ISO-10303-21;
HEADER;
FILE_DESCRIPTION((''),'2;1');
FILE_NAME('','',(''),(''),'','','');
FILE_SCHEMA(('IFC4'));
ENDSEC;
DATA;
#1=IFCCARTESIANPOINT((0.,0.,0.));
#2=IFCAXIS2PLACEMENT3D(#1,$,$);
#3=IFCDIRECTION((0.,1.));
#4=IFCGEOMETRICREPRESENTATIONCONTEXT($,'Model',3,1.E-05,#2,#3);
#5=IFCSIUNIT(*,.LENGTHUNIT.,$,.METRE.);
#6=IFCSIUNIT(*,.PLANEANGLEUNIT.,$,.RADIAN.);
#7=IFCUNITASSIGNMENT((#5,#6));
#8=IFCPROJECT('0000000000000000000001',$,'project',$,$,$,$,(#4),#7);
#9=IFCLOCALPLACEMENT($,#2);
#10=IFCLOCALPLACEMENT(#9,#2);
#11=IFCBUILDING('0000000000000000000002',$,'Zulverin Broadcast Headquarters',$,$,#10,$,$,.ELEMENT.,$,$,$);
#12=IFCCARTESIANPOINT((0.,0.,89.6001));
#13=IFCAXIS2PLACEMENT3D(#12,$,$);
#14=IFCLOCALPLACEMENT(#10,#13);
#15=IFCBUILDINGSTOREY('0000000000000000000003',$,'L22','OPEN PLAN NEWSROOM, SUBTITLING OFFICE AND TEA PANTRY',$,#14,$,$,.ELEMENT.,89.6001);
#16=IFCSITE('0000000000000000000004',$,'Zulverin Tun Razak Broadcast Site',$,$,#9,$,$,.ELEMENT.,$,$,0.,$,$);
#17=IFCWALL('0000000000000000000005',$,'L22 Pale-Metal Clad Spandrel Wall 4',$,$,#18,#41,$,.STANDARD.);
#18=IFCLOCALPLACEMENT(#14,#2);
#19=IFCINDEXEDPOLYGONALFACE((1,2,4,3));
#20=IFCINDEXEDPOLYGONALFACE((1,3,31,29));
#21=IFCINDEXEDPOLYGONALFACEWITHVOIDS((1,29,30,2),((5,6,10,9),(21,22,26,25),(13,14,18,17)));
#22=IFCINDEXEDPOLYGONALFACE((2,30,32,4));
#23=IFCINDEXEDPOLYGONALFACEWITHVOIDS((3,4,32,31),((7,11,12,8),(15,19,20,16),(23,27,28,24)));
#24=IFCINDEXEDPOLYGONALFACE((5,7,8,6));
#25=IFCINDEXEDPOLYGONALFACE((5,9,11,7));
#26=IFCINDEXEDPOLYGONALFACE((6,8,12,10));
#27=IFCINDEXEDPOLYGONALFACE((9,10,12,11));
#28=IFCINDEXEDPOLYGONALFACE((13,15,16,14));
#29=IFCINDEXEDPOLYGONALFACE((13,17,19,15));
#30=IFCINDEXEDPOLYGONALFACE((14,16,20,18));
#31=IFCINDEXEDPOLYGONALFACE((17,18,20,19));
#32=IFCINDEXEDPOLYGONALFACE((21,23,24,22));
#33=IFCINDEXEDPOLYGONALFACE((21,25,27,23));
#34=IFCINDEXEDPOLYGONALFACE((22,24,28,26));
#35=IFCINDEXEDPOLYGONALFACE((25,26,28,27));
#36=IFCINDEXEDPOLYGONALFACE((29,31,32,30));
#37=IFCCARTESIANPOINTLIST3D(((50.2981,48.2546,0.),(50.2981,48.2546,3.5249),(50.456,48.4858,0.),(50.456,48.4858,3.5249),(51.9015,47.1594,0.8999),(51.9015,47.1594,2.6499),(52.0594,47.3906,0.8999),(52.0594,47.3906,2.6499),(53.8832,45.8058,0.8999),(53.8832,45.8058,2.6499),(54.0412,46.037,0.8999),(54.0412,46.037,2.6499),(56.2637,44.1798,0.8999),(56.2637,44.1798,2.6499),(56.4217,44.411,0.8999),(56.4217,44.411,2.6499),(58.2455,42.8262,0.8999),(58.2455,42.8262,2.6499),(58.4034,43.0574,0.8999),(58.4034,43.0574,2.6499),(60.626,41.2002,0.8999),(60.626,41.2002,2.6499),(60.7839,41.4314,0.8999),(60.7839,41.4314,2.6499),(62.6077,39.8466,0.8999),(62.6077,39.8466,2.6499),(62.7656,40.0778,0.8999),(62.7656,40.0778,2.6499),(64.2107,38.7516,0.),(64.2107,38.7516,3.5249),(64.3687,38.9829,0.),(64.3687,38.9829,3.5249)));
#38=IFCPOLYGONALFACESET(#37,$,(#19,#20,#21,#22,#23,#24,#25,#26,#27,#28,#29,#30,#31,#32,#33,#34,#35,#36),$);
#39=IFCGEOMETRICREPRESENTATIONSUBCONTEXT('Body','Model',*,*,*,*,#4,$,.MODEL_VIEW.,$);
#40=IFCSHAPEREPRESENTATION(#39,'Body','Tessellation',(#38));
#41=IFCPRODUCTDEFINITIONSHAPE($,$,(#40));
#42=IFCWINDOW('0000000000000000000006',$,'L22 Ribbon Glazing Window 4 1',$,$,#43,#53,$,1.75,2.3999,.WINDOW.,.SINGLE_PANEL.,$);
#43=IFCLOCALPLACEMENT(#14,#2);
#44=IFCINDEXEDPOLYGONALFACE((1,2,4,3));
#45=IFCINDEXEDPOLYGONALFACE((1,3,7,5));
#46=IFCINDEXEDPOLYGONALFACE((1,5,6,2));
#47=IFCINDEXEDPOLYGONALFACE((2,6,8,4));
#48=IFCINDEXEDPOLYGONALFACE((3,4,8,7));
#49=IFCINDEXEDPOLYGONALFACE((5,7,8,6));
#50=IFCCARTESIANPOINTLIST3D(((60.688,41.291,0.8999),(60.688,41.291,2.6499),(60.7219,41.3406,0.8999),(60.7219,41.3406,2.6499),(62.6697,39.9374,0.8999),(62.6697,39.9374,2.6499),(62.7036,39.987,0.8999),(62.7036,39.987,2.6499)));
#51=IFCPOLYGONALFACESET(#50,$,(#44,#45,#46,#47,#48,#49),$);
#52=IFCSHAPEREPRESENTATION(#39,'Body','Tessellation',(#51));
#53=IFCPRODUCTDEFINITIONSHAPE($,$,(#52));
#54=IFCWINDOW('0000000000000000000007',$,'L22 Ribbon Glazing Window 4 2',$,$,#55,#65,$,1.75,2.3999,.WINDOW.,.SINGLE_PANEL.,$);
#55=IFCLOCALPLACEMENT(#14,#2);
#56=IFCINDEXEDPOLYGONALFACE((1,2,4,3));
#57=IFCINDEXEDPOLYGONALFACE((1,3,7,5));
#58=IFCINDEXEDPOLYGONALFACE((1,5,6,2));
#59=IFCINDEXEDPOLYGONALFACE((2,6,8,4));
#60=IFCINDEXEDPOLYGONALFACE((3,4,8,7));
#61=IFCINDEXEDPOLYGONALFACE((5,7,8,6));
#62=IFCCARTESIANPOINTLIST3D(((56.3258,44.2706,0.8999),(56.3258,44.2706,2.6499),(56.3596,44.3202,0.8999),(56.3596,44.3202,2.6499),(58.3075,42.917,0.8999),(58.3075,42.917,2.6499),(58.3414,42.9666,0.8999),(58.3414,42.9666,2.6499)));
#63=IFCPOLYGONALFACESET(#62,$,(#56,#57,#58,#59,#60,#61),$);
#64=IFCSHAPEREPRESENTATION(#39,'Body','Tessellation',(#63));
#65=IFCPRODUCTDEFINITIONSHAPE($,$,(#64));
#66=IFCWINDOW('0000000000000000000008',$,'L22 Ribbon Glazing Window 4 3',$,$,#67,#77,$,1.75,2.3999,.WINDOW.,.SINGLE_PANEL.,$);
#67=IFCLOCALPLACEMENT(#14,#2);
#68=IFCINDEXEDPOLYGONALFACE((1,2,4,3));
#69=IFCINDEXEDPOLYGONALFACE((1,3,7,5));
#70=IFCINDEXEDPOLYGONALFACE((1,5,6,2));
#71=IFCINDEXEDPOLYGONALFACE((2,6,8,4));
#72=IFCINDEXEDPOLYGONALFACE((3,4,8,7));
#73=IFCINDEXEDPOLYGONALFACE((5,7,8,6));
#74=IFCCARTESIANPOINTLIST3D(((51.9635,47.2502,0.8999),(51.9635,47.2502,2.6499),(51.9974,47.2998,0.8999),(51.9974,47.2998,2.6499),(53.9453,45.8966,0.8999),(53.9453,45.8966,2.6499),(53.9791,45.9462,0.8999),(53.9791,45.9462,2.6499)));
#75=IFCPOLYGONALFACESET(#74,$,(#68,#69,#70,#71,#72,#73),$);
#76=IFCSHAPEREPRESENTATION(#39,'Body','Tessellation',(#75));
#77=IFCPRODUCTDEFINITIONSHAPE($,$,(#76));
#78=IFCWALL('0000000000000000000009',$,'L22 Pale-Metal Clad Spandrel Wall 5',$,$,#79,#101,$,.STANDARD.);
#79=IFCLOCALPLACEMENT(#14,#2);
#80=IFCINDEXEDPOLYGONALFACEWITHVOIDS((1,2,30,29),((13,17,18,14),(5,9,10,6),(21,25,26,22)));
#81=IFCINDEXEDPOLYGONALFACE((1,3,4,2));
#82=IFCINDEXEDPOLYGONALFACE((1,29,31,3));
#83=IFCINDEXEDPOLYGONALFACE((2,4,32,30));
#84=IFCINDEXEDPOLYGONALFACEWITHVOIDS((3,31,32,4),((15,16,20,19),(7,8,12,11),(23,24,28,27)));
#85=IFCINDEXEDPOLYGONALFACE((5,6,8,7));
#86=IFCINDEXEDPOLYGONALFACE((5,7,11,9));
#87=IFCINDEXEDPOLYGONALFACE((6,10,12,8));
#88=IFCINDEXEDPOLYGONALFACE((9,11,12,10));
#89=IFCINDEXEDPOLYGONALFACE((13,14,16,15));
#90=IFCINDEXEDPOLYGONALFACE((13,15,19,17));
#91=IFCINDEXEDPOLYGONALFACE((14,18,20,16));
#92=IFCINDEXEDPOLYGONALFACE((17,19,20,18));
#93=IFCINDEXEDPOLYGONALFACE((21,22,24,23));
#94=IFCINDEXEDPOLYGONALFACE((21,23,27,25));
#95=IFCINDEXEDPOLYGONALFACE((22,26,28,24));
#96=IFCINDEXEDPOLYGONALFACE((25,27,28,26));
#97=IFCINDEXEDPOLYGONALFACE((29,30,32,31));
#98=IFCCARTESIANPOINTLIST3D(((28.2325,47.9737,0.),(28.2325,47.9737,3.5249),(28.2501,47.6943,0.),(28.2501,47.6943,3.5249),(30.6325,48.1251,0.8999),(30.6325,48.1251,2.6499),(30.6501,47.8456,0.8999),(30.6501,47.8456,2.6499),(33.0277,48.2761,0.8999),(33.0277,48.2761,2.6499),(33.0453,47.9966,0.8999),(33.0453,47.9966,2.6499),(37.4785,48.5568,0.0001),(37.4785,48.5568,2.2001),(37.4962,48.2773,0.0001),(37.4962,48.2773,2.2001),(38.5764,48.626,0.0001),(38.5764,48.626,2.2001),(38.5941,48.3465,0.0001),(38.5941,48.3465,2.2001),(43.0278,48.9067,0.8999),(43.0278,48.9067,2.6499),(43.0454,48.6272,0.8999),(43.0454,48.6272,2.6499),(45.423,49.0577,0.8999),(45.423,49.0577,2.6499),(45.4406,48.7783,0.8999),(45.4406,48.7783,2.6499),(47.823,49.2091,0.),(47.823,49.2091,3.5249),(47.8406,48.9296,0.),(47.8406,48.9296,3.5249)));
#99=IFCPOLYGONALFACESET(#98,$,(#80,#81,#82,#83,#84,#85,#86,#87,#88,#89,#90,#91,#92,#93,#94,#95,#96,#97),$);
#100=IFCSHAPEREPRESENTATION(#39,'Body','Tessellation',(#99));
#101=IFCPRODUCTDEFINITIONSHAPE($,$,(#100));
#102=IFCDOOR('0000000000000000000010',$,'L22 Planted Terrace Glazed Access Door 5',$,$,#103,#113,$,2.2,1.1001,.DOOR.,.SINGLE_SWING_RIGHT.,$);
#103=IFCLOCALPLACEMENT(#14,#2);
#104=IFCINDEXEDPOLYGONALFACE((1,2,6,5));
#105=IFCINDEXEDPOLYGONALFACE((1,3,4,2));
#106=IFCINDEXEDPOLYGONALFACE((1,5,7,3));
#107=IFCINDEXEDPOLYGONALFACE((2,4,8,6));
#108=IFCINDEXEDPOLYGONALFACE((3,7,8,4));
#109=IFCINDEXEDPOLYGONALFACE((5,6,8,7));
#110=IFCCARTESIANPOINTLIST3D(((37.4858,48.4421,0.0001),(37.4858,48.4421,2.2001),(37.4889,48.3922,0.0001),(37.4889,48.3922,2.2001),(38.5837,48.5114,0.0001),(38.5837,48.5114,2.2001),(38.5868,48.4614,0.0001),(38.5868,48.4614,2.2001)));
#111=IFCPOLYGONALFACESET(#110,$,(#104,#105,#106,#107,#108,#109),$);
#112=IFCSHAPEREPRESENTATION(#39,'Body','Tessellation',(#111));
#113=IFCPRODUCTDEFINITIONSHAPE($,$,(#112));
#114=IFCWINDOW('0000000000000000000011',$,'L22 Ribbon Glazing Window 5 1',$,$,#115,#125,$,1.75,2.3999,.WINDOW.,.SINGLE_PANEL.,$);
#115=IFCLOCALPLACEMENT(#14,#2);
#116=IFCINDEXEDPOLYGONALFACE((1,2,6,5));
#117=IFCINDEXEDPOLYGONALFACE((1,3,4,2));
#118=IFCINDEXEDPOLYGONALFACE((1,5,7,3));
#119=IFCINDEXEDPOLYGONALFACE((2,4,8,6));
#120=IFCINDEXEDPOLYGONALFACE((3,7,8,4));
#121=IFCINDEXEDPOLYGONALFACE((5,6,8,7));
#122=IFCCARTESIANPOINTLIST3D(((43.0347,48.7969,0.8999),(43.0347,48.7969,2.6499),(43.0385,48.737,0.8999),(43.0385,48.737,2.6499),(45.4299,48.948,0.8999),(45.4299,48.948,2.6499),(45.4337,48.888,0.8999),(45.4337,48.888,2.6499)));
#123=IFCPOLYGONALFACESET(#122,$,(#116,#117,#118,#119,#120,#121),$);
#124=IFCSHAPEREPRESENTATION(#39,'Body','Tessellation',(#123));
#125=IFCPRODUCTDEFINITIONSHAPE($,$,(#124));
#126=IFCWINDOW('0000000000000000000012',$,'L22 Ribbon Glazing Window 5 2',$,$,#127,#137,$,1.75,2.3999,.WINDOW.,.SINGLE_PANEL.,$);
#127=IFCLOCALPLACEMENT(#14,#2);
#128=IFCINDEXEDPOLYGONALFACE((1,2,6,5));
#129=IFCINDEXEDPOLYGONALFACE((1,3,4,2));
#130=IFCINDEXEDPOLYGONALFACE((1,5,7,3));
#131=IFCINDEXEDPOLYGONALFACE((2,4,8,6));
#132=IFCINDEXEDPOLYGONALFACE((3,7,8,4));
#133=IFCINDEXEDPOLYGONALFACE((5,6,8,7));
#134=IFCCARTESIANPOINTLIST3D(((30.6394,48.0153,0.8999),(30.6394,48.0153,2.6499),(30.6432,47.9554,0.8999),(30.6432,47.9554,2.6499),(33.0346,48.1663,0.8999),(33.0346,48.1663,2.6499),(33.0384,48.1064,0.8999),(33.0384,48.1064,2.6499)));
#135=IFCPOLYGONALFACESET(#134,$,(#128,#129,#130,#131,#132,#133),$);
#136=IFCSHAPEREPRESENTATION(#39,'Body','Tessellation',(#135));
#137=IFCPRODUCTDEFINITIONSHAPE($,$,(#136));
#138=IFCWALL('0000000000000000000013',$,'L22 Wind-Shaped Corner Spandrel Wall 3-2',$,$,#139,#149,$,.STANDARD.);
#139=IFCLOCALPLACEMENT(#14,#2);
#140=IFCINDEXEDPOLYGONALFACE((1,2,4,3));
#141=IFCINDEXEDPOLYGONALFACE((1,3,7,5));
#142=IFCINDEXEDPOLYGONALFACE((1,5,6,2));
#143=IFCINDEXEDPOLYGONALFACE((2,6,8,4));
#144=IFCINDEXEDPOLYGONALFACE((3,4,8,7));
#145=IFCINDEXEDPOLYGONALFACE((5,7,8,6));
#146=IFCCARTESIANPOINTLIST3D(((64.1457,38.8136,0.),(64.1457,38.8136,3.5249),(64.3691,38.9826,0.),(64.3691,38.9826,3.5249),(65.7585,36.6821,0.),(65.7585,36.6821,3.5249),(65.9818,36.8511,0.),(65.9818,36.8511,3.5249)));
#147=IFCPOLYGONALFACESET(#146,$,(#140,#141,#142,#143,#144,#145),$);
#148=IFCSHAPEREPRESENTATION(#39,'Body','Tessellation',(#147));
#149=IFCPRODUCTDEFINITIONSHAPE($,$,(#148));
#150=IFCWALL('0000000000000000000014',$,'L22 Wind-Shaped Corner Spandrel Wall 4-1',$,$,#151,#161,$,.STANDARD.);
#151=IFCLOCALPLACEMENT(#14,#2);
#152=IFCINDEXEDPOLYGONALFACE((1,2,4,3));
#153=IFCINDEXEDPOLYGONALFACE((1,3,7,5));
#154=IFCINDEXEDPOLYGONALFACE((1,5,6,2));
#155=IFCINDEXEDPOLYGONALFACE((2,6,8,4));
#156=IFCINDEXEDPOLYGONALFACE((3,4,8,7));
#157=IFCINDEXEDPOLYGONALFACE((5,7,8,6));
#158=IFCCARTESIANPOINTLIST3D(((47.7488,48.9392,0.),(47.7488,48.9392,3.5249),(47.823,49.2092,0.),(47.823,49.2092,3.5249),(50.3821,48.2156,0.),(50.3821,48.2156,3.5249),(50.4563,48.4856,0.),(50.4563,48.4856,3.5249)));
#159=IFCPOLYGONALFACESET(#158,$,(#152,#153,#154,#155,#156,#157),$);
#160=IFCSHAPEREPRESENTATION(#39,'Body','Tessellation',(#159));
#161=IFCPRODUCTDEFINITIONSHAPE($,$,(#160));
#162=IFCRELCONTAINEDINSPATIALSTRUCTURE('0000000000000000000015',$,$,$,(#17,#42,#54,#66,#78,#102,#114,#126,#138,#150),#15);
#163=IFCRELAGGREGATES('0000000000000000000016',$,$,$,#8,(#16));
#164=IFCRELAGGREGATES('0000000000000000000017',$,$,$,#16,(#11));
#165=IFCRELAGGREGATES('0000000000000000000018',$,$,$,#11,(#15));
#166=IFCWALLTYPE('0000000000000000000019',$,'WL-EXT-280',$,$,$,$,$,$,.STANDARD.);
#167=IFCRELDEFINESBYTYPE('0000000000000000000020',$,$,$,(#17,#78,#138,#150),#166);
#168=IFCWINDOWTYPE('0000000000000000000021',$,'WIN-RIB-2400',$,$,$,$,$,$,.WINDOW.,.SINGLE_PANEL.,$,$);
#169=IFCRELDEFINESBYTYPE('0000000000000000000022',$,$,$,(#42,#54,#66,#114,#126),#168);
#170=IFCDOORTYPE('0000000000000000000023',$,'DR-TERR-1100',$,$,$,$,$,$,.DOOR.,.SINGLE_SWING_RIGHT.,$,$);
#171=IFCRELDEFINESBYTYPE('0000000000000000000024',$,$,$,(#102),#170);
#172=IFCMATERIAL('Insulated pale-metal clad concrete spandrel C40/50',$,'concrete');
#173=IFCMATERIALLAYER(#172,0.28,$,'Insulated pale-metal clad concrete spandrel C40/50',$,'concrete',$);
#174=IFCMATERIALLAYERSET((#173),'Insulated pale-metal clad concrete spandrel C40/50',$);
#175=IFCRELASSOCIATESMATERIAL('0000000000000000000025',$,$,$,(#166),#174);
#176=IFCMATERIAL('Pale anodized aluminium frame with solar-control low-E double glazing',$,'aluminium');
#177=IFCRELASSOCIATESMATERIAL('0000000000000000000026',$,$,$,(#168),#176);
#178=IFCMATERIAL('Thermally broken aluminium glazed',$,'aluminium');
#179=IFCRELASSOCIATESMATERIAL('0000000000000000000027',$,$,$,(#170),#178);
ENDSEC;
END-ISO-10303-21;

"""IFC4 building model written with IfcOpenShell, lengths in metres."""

from ifc_helpers import new_model, si_unit, direction, frame, frame_2d, origin, place, context, subcontext, project, spatial, rectangle, extrude, material, layer, layer_set, type_object, element, fill, save


model = new_model("IFC4")

# Units and contexts
model_context = context("Model", 3, precision=1e-05, world=origin(), true_north=direction((0.0, 1.0)))
body_context = subcontext(model_context, "Body", "Model", "MODEL_VIEW")
ifc_project = project(units=[si_unit("LENGTHUNIT", "METRE"), si_unit("PLANEANGLEUNIT", "RADIAN")], contexts=[model_context])

# Site, building, storey
site_placement = place(None, origin())
site = spatial("IfcSite", under=ifc_project, at=site_placement, Name="Zulverin Tun Razak Broadcast Site", CompositionType="ELEMENT", RefElevation=0.0)
building_placement = place(site_placement, origin())
building = spatial("IfcBuilding", under=site, at=building_placement, Name="Zulverin Broadcast Headquarters", CompositionType="ELEMENT")
storey_placement = place(building_placement, frame((0.0, 0.0, 89.6001)))
storey = spatial("IfcBuildingStorey", under=building, at=storey_placement, Name="L22", Description="OPEN PLAN NEWSROOM, SUBTITLING OFFICE AND TEA PANTRY", CompositionType="ELEMENT", Elevation=89.6001)

# Wall, openings, windows
ifc_material_1 = material(Name="Insulated pale-metal clad concrete spandrel C40/50", Category="concrete")
ifc_layer_1 = layer(ifc_material_1, 0.28, Name="Insulated pale-metal clad concrete spandrel C40/50", Category="concrete")
ifc_layer_set_1 = layer_set([ifc_layer_1], Name="Insulated pale-metal clad concrete spandrel C40/50")
wall_type = type_object("IfcWallType", Name="WL-EXT-280", PredefinedType="STANDARD", material=ifc_layer_set_1)
wall_1_placement = place(storey_placement, frame((64.2898, 38.8672, 0.0), z_axis=(0.0, 0.0, 1.0), x_axis=(-0.825756, 0.564028, 0.0)))
wall_1 = element("IfcWall", 1, at=wall_1_placement, inside=storey, type_object=wall_type, Name="L22 Pale-Metal Clad Spandrel Wall 4", PredefinedType="STANDARD", context=body_context, shape_type="SweptSolid", body=[
    extrude(rectangle(XDim=16.8484, YDim=0.28, at=frame_2d((8.4243, 0.0))), origin(), (0.0, 0.0, 1.0), 3.5249),
])
opening_1_placement = place(wall_1_placement, frame((1.9414, 0.0, 0.8999)))
opening_1 = element("IfcOpeningElement", 2, at=opening_1_placement, cuts=wall_1, PredefinedType="OPENING", context=body_context, shape_type="SweptSolid", body=[
    extrude(rectangle(XDim=2.3999, YDim=1.75, at=frame_2d((1.2, 0.875))), frame((0.0, 0.1499, 0.0), z_axis=(0.0, -1.0, 0.0), x_axis=(1.0, 0.0, 0.0)), (0.0, 0.0, 1.0), 0.3),
])
opening_2_placement = place(wall_1_placement, frame((7.2241, 0.0, 0.8999)))
opening_2 = element("IfcOpeningElement", 3, at=opening_2_placement, cuts=wall_1, PredefinedType="OPENING", context=body_context, shape_type="SweptSolid", body=[
    extrude(rectangle(XDim=2.3999, YDim=1.75, at=frame_2d((1.2, 0.875))), frame((0.0, 0.1499, 0.0), z_axis=(0.0, -1.0, 0.0), x_axis=(1.0, 0.0, 0.0)), (0.0, 0.0, 1.0), 0.3),
])
opening_3_placement = place(wall_1_placement, frame((12.5068, 0.0, 0.8999)))
opening_3 = element("IfcOpeningElement", 4, at=opening_3_placement, cuts=wall_1, PredefinedType="OPENING", context=body_context, shape_type="SweptSolid", body=[
    extrude(rectangle(XDim=2.3999, YDim=1.75, at=frame_2d((1.2, 0.875))), frame((0.0, 0.1499, 0.0), z_axis=(0.0, -1.0, 0.0), x_axis=(1.0, 0.0, 0.0)), (0.0, 0.0, 1.0), 0.3),
])
ifc_material_2 = material(Name="Pale anodized aluminium frame with solar-control low-E double glazing", Category="aluminium")
window_type = type_object("IfcWindowType", Name="WIN-RIB-2400", PartitioningType="SINGLE_PANEL", PredefinedType="WINDOW", material=ifc_material_2)
window_1_placement = place(opening_1_placement, origin())
window_1 = element("IfcWindow", 5, at=window_1_placement, inside=storey, type_object=window_type, Name="L22 Ribbon Glazing Window 4 1", OverallHeight=1.75, OverallWidth=2.3999, PartitioningType="SINGLE_PANEL", PredefinedType="WINDOW", context=body_context, shape_type="SweptSolid", body=[
    extrude(rectangle(XDim=2.3999, YDim=1.75, at=frame_2d((1.2, 0.875))), frame((0.0, 0.03, 0.0), z_axis=(0.0, -1.0, 0.0), x_axis=(1.0, 0.0, 0.0)), (0.0, 0.0, 1.0), 0.0601),
])
fill(opening_1, window_1)
window_2_placement = place(opening_2_placement, origin())
window_2 = element("IfcWindow", 6, at=window_2_placement, inside=storey, type_object=window_type, Name="L22 Ribbon Glazing Window 4 2", OverallHeight=1.75, OverallWidth=2.3999, PartitioningType="SINGLE_PANEL", PredefinedType="WINDOW", context=body_context, shape_type="SweptSolid", body=[
    extrude(rectangle(XDim=2.3999, YDim=1.75, at=frame_2d((1.2, 0.875))), frame((0.0, 0.03, 0.0), z_axis=(0.0, -1.0, 0.0), x_axis=(1.0, 0.0, 0.0)), (0.0, 0.0, 1.0), 0.0601),
])
fill(opening_2, window_2)
window_3_placement = place(opening_3_placement, origin())
window_3 = element("IfcWindow", 7, at=window_3_placement, inside=storey, type_object=window_type, Name="L22 Ribbon Glazing Window 4 3", OverallHeight=1.75, OverallWidth=2.3999, PartitioningType="SINGLE_PANEL", PredefinedType="WINDOW", context=body_context, shape_type="SweptSolid", body=[
    extrude(rectangle(XDim=2.3999, YDim=1.75, at=frame_2d((1.2, 0.875))), frame((0.0, 0.03, 0.0), z_axis=(0.0, -1.0, 0.0), x_axis=(1.0, 0.0, 0.0)), (0.0, 0.0, 1.0), 0.0601),
])
fill(opening_3, window_3)

# Wall, openings, door, windows
wall_2_placement = place(storey_placement, frame((47.8318, 49.0693, 0.0), z_axis=(0.0, 0.0, 1.0), x_axis=(-0.998018, -0.062933, 0.0)))
wall_2 = element("IfcWall", 8, at=wall_2_placement, inside=storey, type_object=wall_type, Name="L22 Pale-Metal Clad Spandrel Wall 5", PredefinedType="STANDARD", context=body_context, shape_type="SweptSolid", body=[
    extrude(rectangle(XDim=19.6294, YDim=0.28, at=frame_2d((9.8147, 0.0))), origin(), (0.0, 0.0, 1.0), 3.5249),
])
opening_4_placement = place(wall_2_placement, frame((9.2649, 0.0, 0.0)))
opening_4 = element("IfcOpeningElement", 9, at=opening_4_placement, cuts=wall_2, PredefinedType="OPENING", context=body_context, shape_type="SweptSolid", body=[
    extrude(rectangle(XDim=1.1001, YDim=2.2, at=frame_2d((0.55, 1.1001))), frame((0.0, 0.1499, 0.0), z_axis=(0.0, -1.0, 0.0), x_axis=(1.0, 0.0, 0.0)), (0.0, 0.0, 1.0), 0.3),
])
opening_5_placement = place(wall_2_placement, frame((2.4048, 0.0, 0.8999)))
opening_5 = element("IfcOpeningElement", 10, at=opening_5_placement, cuts=wall_2, PredefinedType="OPENING", context=body_context, shape_type="SweptSolid", body=[
    extrude(rectangle(XDim=2.3999, YDim=1.75, at=frame_2d((1.2, 0.875))), frame((0.0, 0.1499, 0.0), z_axis=(0.0, -1.0, 0.0), x_axis=(1.0, 0.0, 0.0)), (0.0, 0.0, 1.0), 0.3),
])
opening_6_placement = place(wall_2_placement, frame((14.8247, 0.0, 0.8999)))
opening_6 = element("IfcOpeningElement", 11, at=opening_6_placement, cuts=wall_2, PredefinedType="OPENING", context=body_context, shape_type="SweptSolid", body=[
    extrude(rectangle(XDim=2.3999, YDim=1.75, at=frame_2d((1.2, 0.875))), frame((0.0, 0.1499, 0.0), z_axis=(0.0, -1.0, 0.0), x_axis=(1.0, 0.0, 0.0)), (0.0, 0.0, 1.0), 0.3),
])
ifc_material_3 = material(Name="Thermally broken aluminium glazed", Category="aluminium")
door_type = type_object("IfcDoorType", Name="DR-TERR-1100", OperationType="SINGLE_SWING_RIGHT", PredefinedType="DOOR", material=ifc_material_3)
door_placement = place(opening_4_placement, origin())
door = element("IfcDoor", 12, at=door_placement, inside=storey, type_object=door_type, Name="L22 Planted Terrace Glazed Access Door 5", OperationType="SINGLE_SWING_RIGHT", OverallHeight=2.2, OverallWidth=1.1001, PredefinedType="DOOR", context=body_context, shape_type="SweptSolid", body=[
    extrude(rectangle(XDim=1.1001, YDim=2.2, at=frame_2d((0.55, 1.1001))), frame((0.0, 0.0249, 0.0), z_axis=(0.0, -1.0, 0.0), x_axis=(1.0, 0.0, 0.0)), (0.0, 0.0, 1.0), 0.05),
])
fill(opening_4, door)
window_4_placement = place(opening_5_placement, origin())
window_4 = element("IfcWindow", 13, at=window_4_placement, inside=storey, type_object=window_type, Name="L22 Ribbon Glazing Window 5 1", OverallHeight=1.75, OverallWidth=2.3999, PartitioningType="SINGLE_PANEL", PredefinedType="WINDOW", context=body_context, shape_type="SweptSolid", body=[
    extrude(rectangle(XDim=2.3999, YDim=1.75, at=frame_2d((1.2, 0.875))), frame((0.0, 0.03, 0.0), z_axis=(0.0, -1.0, 0.0), x_axis=(1.0, 0.0, 0.0)), (0.0, 0.0, 1.0), 0.0601),
])
fill(opening_5, window_4)
window_5_placement = place(opening_6_placement, origin())
window_5 = element("IfcWindow", 14, at=window_5_placement, inside=storey, type_object=window_type, Name="L22 Ribbon Glazing Window 5 2", OverallHeight=1.75, OverallWidth=2.3999, PartitioningType="SINGLE_PANEL", PredefinedType="WINDOW", context=body_context, shape_type="SweptSolid", body=[
    extrude(rectangle(XDim=2.3999, YDim=1.75, at=frame_2d((1.2, 0.875))), frame((0.0, 0.03, 0.0), z_axis=(0.0, -1.0, 0.0), x_axis=(1.0, 0.0, 0.0)), (0.0, 0.0, 1.0), 0.0601),
])
fill(opening_6, window_5)

# Walls
wall_3_placement = place(storey_placement, frame((65.8701, 36.7666, 0.0), z_axis=(0.0, 0.0, 1.0), x_axis=(-0.60337, 0.797461, 0.0)))
element("IfcWall", 15, at=wall_3_placement, inside=storey, type_object=wall_type, Name="L22 Wind-Shaped Corner Spandrel Wall 3-2", PredefinedType="STANDARD", context=body_context, shape_type="SweptSolid", body=[
    extrude(rectangle(XDim=2.6729, YDim=0.28, at=frame_2d((1.3364, 0.0))), origin(), (0.0, 0.0, 1.0), 3.5249),
])
wall_4_placement = place(storey_placement, frame((50.4192, 48.3506, 0.0), z_axis=(0.0, 0.0, 1.0), x_axis=(-0.964255, 0.264978, 0.0)))
element("IfcWall", 16, at=wall_4_placement, inside=storey, type_object=wall_type, Name="L22 Wind-Shaped Corner Spandrel Wall 4-1", PredefinedType="STANDARD", context=body_context, shape_type="SweptSolid", body=[
    extrude(rectangle(XDim=2.731, YDim=0.28, at=frame_2d((1.3655, 0.0))), origin(), (0.0, 0.0, 1.0), 3.5249),
])

save(model, "model.ifc")
